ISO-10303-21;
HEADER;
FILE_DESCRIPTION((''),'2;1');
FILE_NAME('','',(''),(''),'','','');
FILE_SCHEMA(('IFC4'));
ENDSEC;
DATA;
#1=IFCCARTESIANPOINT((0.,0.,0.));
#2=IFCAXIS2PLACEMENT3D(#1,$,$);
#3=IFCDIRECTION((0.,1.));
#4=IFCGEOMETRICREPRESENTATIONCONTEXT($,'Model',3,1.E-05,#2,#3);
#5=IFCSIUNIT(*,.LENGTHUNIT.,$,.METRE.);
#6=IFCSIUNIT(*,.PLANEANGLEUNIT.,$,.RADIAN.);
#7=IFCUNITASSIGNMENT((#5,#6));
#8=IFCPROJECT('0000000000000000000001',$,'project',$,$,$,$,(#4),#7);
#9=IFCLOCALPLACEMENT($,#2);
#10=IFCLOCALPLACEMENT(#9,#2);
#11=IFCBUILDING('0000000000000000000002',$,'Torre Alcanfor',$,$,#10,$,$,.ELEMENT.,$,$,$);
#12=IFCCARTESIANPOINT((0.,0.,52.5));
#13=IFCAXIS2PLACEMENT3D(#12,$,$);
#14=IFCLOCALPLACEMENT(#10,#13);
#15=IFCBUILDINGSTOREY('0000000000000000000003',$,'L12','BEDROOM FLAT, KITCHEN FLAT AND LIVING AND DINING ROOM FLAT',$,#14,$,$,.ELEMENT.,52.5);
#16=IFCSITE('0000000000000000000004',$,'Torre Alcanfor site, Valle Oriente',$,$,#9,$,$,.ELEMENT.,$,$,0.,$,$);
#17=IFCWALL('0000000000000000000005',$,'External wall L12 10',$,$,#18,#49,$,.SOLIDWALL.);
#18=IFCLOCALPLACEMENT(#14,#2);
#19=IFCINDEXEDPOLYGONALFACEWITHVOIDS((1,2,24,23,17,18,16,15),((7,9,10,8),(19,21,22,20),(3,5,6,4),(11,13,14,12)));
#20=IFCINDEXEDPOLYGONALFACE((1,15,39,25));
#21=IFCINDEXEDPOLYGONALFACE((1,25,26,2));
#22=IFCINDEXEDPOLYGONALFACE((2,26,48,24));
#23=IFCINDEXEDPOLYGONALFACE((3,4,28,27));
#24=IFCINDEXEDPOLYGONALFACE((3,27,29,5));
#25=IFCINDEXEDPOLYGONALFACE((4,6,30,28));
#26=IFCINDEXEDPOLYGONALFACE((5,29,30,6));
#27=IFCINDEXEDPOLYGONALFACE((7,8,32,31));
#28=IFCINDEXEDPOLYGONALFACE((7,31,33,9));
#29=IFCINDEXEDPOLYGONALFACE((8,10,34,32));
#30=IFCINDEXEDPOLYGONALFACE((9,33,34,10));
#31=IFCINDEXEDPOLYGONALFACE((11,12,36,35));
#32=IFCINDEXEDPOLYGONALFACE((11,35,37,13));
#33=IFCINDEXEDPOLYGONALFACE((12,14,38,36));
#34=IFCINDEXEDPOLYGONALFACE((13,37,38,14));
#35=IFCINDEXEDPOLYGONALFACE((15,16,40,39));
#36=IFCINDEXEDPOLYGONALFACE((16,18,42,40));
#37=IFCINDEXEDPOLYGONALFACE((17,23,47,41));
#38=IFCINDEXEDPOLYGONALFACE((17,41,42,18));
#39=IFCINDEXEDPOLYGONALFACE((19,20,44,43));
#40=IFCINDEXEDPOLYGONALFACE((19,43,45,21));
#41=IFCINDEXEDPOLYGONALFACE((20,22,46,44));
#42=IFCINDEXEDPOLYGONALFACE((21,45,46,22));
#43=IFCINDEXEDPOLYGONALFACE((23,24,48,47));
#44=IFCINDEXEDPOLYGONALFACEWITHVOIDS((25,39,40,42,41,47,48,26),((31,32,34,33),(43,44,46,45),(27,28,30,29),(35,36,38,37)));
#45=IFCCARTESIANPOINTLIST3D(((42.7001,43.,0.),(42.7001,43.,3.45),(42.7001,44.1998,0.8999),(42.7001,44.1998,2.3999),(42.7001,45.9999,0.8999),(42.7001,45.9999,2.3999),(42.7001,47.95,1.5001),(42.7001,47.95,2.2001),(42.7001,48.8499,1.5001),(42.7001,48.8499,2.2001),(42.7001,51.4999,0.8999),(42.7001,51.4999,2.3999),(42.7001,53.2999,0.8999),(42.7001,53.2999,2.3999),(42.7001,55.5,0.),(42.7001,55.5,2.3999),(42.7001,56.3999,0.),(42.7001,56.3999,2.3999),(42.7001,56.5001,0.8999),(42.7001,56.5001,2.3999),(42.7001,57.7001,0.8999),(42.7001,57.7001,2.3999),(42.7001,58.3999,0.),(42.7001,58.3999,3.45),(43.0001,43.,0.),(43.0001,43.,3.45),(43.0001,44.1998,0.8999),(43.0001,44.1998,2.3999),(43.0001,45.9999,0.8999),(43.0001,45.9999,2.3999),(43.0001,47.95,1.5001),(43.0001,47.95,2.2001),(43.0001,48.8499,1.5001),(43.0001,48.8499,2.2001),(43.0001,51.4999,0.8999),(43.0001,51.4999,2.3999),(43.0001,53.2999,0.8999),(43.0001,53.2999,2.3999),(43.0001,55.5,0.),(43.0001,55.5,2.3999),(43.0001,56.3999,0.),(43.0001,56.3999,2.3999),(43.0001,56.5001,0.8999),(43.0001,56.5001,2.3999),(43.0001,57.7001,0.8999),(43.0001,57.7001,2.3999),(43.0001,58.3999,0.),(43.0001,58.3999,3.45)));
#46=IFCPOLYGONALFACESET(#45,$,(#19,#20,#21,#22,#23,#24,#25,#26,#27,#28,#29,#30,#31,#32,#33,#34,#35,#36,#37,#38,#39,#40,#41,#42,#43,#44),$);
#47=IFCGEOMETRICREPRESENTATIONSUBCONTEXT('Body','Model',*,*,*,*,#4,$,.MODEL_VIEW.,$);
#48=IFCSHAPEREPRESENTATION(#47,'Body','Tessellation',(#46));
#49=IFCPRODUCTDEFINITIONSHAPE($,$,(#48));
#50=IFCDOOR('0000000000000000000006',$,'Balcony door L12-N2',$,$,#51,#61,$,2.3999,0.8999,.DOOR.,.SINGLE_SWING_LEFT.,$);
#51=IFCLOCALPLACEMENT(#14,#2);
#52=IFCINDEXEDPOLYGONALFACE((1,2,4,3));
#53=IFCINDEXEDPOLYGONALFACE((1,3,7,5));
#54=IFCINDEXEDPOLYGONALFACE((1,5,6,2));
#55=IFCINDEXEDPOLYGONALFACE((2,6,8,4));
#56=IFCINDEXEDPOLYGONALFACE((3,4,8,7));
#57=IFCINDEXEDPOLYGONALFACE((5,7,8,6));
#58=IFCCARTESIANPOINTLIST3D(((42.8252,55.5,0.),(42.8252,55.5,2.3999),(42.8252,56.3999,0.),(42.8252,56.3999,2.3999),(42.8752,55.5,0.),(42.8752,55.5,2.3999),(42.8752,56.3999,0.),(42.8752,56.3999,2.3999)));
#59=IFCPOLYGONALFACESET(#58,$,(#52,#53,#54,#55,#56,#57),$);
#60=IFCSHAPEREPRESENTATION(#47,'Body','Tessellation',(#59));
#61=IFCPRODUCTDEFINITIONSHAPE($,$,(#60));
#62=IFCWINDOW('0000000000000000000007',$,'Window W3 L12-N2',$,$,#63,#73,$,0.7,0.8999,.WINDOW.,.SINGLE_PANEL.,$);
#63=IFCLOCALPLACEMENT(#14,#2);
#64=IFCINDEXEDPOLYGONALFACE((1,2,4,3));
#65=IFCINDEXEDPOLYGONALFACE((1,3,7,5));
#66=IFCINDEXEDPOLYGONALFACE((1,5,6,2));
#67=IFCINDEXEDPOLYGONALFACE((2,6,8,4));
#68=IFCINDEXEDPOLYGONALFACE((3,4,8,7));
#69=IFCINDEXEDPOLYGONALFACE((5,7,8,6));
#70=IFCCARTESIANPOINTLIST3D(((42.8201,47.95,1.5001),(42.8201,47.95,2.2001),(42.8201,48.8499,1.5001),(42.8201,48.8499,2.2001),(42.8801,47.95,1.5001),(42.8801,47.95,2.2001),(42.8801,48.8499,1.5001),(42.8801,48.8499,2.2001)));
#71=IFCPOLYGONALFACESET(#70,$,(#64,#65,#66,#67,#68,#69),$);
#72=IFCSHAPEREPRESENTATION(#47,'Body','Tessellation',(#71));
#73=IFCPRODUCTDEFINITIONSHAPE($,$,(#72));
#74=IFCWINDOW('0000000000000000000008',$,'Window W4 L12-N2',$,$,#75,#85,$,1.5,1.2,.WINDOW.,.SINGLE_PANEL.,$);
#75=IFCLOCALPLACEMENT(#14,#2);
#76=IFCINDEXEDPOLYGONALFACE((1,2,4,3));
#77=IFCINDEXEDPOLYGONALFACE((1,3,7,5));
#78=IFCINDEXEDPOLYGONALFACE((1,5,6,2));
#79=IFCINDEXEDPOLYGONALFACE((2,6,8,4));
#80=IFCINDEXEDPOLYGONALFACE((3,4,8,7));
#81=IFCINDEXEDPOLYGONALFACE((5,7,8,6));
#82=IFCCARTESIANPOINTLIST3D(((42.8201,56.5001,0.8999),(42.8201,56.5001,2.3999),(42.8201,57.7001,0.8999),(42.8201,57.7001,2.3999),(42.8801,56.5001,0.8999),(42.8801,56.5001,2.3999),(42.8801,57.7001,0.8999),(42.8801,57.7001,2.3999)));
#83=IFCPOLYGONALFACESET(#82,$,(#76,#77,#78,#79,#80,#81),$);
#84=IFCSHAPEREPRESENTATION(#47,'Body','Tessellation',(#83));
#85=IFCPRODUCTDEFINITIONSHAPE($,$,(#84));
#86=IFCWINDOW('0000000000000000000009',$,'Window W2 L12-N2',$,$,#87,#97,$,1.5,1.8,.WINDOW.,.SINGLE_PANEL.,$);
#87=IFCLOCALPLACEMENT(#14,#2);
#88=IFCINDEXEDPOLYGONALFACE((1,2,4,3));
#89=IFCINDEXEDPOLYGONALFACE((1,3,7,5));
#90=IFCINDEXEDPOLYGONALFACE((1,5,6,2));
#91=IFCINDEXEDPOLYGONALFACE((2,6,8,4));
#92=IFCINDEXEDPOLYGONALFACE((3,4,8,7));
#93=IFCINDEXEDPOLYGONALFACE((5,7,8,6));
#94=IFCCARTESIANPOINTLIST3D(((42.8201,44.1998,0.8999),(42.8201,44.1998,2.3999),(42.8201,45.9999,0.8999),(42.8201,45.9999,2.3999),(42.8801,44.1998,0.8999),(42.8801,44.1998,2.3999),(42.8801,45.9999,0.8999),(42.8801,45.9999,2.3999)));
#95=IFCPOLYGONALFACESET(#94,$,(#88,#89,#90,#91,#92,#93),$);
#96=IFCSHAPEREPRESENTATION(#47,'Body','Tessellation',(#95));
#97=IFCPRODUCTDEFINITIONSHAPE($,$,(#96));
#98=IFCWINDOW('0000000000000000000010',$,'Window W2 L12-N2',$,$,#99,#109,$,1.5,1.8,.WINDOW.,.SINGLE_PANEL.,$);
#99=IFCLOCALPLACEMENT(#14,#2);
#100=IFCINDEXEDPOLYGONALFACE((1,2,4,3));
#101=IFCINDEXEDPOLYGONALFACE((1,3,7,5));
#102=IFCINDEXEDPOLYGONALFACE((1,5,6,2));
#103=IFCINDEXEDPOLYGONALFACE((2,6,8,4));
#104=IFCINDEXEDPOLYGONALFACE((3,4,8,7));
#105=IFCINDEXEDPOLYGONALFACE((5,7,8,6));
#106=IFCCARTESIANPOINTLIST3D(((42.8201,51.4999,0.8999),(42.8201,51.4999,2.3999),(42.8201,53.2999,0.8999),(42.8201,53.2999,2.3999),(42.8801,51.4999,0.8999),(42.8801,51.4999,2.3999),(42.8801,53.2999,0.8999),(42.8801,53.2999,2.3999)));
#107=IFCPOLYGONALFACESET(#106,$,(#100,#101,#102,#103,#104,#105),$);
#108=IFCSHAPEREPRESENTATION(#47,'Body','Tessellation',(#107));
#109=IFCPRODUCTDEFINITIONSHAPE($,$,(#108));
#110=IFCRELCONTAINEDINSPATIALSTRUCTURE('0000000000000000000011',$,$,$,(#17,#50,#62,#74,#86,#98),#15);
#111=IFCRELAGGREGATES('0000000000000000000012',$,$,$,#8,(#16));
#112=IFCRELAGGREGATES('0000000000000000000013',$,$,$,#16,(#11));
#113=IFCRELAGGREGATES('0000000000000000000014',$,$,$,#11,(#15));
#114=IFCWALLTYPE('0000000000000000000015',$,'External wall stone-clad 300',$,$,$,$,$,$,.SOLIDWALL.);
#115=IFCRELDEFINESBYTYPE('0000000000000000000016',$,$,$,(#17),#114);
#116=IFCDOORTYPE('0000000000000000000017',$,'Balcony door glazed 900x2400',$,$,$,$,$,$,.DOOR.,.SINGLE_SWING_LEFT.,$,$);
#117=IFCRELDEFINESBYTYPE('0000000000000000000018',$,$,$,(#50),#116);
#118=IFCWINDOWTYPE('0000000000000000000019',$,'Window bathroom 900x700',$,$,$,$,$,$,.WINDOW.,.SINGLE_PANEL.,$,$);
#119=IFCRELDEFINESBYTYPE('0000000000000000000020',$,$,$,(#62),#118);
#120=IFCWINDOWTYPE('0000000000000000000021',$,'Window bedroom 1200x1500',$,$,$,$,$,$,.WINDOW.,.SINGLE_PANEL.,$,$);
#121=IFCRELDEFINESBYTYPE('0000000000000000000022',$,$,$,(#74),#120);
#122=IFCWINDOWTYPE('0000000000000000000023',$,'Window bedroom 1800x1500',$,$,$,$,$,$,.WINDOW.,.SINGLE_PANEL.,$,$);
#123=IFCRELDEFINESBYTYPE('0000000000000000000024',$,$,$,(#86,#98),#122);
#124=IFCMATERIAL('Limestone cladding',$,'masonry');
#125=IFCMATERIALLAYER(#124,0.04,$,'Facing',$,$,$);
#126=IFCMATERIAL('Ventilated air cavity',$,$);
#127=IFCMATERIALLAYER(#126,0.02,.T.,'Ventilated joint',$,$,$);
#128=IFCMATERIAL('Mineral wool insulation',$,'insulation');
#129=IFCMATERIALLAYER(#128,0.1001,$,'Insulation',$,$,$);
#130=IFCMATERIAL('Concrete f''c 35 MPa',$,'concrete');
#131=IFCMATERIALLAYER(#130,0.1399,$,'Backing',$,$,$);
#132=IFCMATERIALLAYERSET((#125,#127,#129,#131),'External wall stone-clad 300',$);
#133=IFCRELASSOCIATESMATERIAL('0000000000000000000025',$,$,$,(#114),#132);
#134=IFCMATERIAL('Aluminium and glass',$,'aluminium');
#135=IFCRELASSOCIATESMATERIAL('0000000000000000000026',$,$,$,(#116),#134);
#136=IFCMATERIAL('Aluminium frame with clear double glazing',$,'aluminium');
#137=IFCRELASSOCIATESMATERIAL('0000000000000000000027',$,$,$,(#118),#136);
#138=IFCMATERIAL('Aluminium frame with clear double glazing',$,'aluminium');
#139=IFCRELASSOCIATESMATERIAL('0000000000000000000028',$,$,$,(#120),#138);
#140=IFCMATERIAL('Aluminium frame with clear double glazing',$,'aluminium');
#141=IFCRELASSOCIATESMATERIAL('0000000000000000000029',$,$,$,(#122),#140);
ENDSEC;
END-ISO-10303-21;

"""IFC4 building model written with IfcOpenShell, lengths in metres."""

from ifc_helpers import new_model, si_unit, direction, frame, frame_2d, origin, place, context, subcontext, project, spatial, rectangle, extrude, material, layer, layer_set, type_object, element, fill, save


model = new_model("IFC4")

# Units and contexts
model_context = context("Model", 3, precision=1e-05, world=origin(), true_north=direction((0.0, 1.0)))
body_context = subcontext(model_context, "Body", "Model", "MODEL_VIEW")
ifc_project = project(units=[si_unit("LENGTHUNIT", "METRE"), si_unit("PLANEANGLEUNIT", "RADIAN")], contexts=[model_context])

# Site, building, storey
site_placement = place(None, origin())
site = spatial("IfcSite", under=ifc_project, at=site_placement, Name="Torre Alcanfor site, Valle Oriente", CompositionType="ELEMENT", RefElevation=0.0)
building_placement = place(site_placement, origin())
building = spatial("IfcBuilding", under=site, at=building_placement, Name="Torre Alcanfor", CompositionType="ELEMENT")
storey_placement = place(building_placement, frame((0.0, 0.0, 52.5)))
storey = spatial("IfcBuildingStorey", under=building, at=storey_placement, Name="L12", Description="BEDROOM FLAT, KITCHEN FLAT AND LIVING AND DINING ROOM FLAT", CompositionType="ELEMENT", Elevation=52.5)

# Wall, openings, door, windows
ifc_material_1 = material(Name="Limestone cladding", Category="masonry")
ifc_layer_1 = layer(ifc_material_1, 0.04, Name="Facing")
ifc_material_2 = material(Name="Ventilated air cavity")
ifc_layer_2 = layer(ifc_material_2, 0.02, ventilated=True, Name="Ventilated joint")
ifc_material_3 = material(Name="Mineral wool insulation", Category="insulation")
ifc_layer_3 = layer(ifc_material_3, 0.1001, Name="Insulation")
ifc_material_4 = material(Name="Concrete f'c 35 MPa", Category="concrete")
ifc_layer_4 = layer(ifc_material_4, 0.1399, Name="Backing")
ifc_layer_set_1 = layer_set([ifc_layer_1, ifc_layer_2, ifc_layer_3, ifc_layer_4], Name="External wall stone-clad 300")
wall_type_1 = type_object("IfcWallType", Name="External wall stone-clad 300", PredefinedType="SOLIDWALL", material=ifc_layer_set_1)
ifc_material_5 = material(Name="Aluminium and glass", Category="aluminium")
door_type = type_object("IfcDoorType", Name="Balcony door glazed 900x2400", OperationType="SINGLE_SWING_LEFT", PredefinedType="DOOR", material=ifc_material_5)
ifc_material_6 = material(Name="Aluminium frame with clear double glazing", Category="aluminium")
window_type_1 = type_object("IfcWindowType", Name="Window bathroom 900x700", PartitioningType="SINGLE_PANEL", PredefinedType="WINDOW", material=ifc_material_6)
ifc_material_7 = material(Name="Aluminium frame with clear double glazing", Category="aluminium")
window_type_2 = type_object("IfcWindowType", Name="Window bedroom 1200x1500", PartitioningType="SINGLE_PANEL", PredefinedType="WINDOW", material=ifc_material_7)
ifc_material_8 = material(Name="Aluminium frame with clear double glazing", Category="aluminium")
window_type_3 = type_object("IfcWindowType", Name="Window bedroom 1800x1500", PartitioningType="SINGLE_PANEL", PredefinedType="WINDOW", material=ifc_material_8)
wall_1_placement = place(storey_placement, frame((42.8501, 43.0, 0.0), z_axis=(0.0, 0.0, 1.0), x_axis=(0.0, 1.0, 0.0)))
wall_1 = element("IfcWall", 1, at=wall_1_placement, inside=storey, type_object=wall_type_1, Name="External wall L12 10", PredefinedType="SOLIDWALL", context=body_context, shape_type="SweptSolid", body=[
    extrude(rectangle(XDim=15.3999, YDim=0.3, at=frame_2d((7.7, 0.0))), origin(), (0.0, 0.0, 1.0), 3.45),
])
opening_1_placement = place(wall_1_placement, frame((1.2, 0.0, 0.8999)))
opening_1 = element("IfcOpeningElement", 2, at=opening_1_placement, cuts=wall_1, PredefinedType="OPENING", context=body_context, shape_type="SweptSolid", body=[
    extrude(rectangle(XDim=1.8, YDim=1.5, at=frame_2d((0.8999, 0.75))), frame((0.0, 0.1599, 0.0), z_axis=(0.0, -1.0, 0.0), x_axis=(1.0, 0.0, 0.0)), (0.0, 0.0, 1.0), 0.3201),
])
opening_2_placement = place(wall_1_placement, frame((4.95, 0.0, 1.5)))
opening_2 = element("IfcOpeningElement", 3, at=opening_2_placement, cuts=wall_1, PredefinedType="OPENING", context=body_context, shape_type="SweptSolid", body=[
    extrude(rectangle(XDim=0.8999, YDim=0.7, at=frame_2d((0.45, 0.3501))), frame((0.0, 0.1599, 0.0), z_axis=(0.0, -1.0, 0.0), x_axis=(1.0, 0.0, 0.0)), (0.0, 0.0, 1.0), 0.3201),
])
opening_3_placement = place(wall_1_placement, frame((8.5, 0.0, 0.8999)))
opening_3 = element("IfcOpeningElement", 4, at=opening_3_placement, cuts=wall_1, PredefinedType="OPENING", context=body_context, shape_type="SweptSolid", body=[
    extrude(rectangle(XDim=1.8, YDim=1.5, at=frame_2d((0.8999, 0.75))), frame((0.0, 0.1599, 0.0), z_axis=(0.0, -1.0, 0.0), x_axis=(1.0, 0.0, 0.0)), (0.0, 0.0, 1.0), 0.3201),
])
opening_4_placement = place(wall_1_placement, frame((12.5, 0.0, 0.0)))
opening_4 = element("IfcOpeningElement", 5, at=opening_4_placement, cuts=wall_1, PredefinedType="OPENING", context=body_context, shape_type="SweptSolid", body=[
    extrude(rectangle(XDim=0.8999, YDim=2.3999, at=frame_2d((0.45, 1.2))), frame((0.0, 0.1599, 0.0), z_axis=(0.0, -1.0, 0.0), x_axis=(1.0, 0.0, 0.0)), (0.0, 0.0, 1.0), 0.3201),
])
opening_5_placement = place(wall_1_placement, frame((13.5, 0.0, 0.8999)))
opening_5 = element("IfcOpeningElement", 6, at=opening_5_placement, cuts=wall_1, PredefinedType="OPENING", context=body_context, shape_type="SweptSolid", body=[
    extrude(rectangle(XDim=1.2, YDim=1.5, at=frame_2d((0.6001, 0.75))), frame((0.0, 0.1599, 0.0), z_axis=(0.0, -1.0, 0.0), x_axis=(1.0, 0.0, 0.0)), (0.0, 0.0, 1.0), 0.3201),
])
door_1_placement = place(opening_4_placement, origin())
door_1 = element("IfcDoor", 7, at=door_1_placement, inside=storey, type_object=door_type, Name="Balcony door L12-N2", OperationType="SINGLE_SWING_LEFT", OverallHeight=2.3999, OverallWidth=0.8999, PredefinedType="DOOR", context=body_context, shape_type="SweptSolid", body=[
    extrude(rectangle(XDim=0.8999, YDim=2.3999, at=frame_2d((0.45, 1.2))), frame((0.0, 0.0249, 0.0), z_axis=(0.0, -1.0, 0.0), x_axis=(1.0, 0.0, 0.0)), (0.0, 0.0, 1.0), 0.05),
])
fill(opening_4, door_1)
window_1_placement = place(opening_2_placement, origin())
window_1 = element("IfcWindow", 8, at=window_1_placement, inside=storey, type_object=window_type_1, Name="Window W3 L12-N2", OverallHeight=0.7, OverallWidth=0.8999, PartitioningType="SINGLE_PANEL", PredefinedType="WINDOW", context=body_context, shape_type="SweptSolid", body=[
    extrude(rectangle(XDim=0.8999, YDim=0.7, at=frame_2d((0.45, 0.3501))), frame((0.0, 0.03, 0.0), z_axis=(0.0, -1.0, 0.0), x_axis=(1.0, 0.0, 0.0)), (0.0, 0.0, 1.0), 0.0601),
])
fill(opening_2, window_1)
window_2_placement = place(opening_5_placement, origin())
window_2 = element("IfcWindow", 9, at=window_2_placement, inside=storey, type_object=window_type_2, Name="Window W4 L12-N2", OverallHeight=1.5, OverallWidth=1.2, PartitioningType="SINGLE_PANEL", PredefinedType="WINDOW", context=body_context, shape_type="SweptSolid", body=[
    extrude(rectangle(XDim=1.2, YDim=1.5, at=frame_2d((0.6001, 0.75))), frame((0.0, 0.03, 0.0), z_axis=(0.0, -1.0, 0.0), x_axis=(1.0, 0.0, 0.0)), (0.0, 0.0, 1.0), 0.0601),
])
fill(opening_5, window_2)
window_3_placement = place(opening_1_placement, origin())
window_3 = element("IfcWindow", 10, at=window_3_placement, inside=storey, type_object=window_type_3, Name="Window W2 L12-N2", OverallHeight=1.5, OverallWidth=1.8, PartitioningType="SINGLE_PANEL", PredefinedType="WINDOW", context=body_context, shape_type="SweptSolid", body=[
    extrude(rectangle(XDim=1.8, YDim=1.5, at=frame_2d((0.8999, 0.75))), frame((0.0, 0.03, 0.0), z_axis=(0.0, -1.0, 0.0), x_axis=(1.0, 0.0, 0.0)), (0.0, 0.0, 1.0), 0.0601),
])
fill(opening_1, window_3)
window_4_placement = place(opening_3_placement, origin())
window_4 = element("IfcWindow", 11, at=window_4_placement, inside=storey, type_object=window_type_3, Name="Window W2 L12-N2", OverallHeight=1.5, OverallWidth=1.8, PartitioningType="SINGLE_PANEL", PredefinedType="WINDOW", context=body_context, shape_type="SweptSolid", body=[
    extrude(rectangle(XDim=1.8, YDim=1.5, at=frame_2d((0.8999, 0.75))), frame((0.0, 0.03, 0.0), z_axis=(0.0, -1.0, 0.0), x_axis=(1.0, 0.0, 0.0)), (0.0, 0.0, 1.0), 0.0601),
])
fill(opening_3, window_4)

save(model, "model.ifc")
